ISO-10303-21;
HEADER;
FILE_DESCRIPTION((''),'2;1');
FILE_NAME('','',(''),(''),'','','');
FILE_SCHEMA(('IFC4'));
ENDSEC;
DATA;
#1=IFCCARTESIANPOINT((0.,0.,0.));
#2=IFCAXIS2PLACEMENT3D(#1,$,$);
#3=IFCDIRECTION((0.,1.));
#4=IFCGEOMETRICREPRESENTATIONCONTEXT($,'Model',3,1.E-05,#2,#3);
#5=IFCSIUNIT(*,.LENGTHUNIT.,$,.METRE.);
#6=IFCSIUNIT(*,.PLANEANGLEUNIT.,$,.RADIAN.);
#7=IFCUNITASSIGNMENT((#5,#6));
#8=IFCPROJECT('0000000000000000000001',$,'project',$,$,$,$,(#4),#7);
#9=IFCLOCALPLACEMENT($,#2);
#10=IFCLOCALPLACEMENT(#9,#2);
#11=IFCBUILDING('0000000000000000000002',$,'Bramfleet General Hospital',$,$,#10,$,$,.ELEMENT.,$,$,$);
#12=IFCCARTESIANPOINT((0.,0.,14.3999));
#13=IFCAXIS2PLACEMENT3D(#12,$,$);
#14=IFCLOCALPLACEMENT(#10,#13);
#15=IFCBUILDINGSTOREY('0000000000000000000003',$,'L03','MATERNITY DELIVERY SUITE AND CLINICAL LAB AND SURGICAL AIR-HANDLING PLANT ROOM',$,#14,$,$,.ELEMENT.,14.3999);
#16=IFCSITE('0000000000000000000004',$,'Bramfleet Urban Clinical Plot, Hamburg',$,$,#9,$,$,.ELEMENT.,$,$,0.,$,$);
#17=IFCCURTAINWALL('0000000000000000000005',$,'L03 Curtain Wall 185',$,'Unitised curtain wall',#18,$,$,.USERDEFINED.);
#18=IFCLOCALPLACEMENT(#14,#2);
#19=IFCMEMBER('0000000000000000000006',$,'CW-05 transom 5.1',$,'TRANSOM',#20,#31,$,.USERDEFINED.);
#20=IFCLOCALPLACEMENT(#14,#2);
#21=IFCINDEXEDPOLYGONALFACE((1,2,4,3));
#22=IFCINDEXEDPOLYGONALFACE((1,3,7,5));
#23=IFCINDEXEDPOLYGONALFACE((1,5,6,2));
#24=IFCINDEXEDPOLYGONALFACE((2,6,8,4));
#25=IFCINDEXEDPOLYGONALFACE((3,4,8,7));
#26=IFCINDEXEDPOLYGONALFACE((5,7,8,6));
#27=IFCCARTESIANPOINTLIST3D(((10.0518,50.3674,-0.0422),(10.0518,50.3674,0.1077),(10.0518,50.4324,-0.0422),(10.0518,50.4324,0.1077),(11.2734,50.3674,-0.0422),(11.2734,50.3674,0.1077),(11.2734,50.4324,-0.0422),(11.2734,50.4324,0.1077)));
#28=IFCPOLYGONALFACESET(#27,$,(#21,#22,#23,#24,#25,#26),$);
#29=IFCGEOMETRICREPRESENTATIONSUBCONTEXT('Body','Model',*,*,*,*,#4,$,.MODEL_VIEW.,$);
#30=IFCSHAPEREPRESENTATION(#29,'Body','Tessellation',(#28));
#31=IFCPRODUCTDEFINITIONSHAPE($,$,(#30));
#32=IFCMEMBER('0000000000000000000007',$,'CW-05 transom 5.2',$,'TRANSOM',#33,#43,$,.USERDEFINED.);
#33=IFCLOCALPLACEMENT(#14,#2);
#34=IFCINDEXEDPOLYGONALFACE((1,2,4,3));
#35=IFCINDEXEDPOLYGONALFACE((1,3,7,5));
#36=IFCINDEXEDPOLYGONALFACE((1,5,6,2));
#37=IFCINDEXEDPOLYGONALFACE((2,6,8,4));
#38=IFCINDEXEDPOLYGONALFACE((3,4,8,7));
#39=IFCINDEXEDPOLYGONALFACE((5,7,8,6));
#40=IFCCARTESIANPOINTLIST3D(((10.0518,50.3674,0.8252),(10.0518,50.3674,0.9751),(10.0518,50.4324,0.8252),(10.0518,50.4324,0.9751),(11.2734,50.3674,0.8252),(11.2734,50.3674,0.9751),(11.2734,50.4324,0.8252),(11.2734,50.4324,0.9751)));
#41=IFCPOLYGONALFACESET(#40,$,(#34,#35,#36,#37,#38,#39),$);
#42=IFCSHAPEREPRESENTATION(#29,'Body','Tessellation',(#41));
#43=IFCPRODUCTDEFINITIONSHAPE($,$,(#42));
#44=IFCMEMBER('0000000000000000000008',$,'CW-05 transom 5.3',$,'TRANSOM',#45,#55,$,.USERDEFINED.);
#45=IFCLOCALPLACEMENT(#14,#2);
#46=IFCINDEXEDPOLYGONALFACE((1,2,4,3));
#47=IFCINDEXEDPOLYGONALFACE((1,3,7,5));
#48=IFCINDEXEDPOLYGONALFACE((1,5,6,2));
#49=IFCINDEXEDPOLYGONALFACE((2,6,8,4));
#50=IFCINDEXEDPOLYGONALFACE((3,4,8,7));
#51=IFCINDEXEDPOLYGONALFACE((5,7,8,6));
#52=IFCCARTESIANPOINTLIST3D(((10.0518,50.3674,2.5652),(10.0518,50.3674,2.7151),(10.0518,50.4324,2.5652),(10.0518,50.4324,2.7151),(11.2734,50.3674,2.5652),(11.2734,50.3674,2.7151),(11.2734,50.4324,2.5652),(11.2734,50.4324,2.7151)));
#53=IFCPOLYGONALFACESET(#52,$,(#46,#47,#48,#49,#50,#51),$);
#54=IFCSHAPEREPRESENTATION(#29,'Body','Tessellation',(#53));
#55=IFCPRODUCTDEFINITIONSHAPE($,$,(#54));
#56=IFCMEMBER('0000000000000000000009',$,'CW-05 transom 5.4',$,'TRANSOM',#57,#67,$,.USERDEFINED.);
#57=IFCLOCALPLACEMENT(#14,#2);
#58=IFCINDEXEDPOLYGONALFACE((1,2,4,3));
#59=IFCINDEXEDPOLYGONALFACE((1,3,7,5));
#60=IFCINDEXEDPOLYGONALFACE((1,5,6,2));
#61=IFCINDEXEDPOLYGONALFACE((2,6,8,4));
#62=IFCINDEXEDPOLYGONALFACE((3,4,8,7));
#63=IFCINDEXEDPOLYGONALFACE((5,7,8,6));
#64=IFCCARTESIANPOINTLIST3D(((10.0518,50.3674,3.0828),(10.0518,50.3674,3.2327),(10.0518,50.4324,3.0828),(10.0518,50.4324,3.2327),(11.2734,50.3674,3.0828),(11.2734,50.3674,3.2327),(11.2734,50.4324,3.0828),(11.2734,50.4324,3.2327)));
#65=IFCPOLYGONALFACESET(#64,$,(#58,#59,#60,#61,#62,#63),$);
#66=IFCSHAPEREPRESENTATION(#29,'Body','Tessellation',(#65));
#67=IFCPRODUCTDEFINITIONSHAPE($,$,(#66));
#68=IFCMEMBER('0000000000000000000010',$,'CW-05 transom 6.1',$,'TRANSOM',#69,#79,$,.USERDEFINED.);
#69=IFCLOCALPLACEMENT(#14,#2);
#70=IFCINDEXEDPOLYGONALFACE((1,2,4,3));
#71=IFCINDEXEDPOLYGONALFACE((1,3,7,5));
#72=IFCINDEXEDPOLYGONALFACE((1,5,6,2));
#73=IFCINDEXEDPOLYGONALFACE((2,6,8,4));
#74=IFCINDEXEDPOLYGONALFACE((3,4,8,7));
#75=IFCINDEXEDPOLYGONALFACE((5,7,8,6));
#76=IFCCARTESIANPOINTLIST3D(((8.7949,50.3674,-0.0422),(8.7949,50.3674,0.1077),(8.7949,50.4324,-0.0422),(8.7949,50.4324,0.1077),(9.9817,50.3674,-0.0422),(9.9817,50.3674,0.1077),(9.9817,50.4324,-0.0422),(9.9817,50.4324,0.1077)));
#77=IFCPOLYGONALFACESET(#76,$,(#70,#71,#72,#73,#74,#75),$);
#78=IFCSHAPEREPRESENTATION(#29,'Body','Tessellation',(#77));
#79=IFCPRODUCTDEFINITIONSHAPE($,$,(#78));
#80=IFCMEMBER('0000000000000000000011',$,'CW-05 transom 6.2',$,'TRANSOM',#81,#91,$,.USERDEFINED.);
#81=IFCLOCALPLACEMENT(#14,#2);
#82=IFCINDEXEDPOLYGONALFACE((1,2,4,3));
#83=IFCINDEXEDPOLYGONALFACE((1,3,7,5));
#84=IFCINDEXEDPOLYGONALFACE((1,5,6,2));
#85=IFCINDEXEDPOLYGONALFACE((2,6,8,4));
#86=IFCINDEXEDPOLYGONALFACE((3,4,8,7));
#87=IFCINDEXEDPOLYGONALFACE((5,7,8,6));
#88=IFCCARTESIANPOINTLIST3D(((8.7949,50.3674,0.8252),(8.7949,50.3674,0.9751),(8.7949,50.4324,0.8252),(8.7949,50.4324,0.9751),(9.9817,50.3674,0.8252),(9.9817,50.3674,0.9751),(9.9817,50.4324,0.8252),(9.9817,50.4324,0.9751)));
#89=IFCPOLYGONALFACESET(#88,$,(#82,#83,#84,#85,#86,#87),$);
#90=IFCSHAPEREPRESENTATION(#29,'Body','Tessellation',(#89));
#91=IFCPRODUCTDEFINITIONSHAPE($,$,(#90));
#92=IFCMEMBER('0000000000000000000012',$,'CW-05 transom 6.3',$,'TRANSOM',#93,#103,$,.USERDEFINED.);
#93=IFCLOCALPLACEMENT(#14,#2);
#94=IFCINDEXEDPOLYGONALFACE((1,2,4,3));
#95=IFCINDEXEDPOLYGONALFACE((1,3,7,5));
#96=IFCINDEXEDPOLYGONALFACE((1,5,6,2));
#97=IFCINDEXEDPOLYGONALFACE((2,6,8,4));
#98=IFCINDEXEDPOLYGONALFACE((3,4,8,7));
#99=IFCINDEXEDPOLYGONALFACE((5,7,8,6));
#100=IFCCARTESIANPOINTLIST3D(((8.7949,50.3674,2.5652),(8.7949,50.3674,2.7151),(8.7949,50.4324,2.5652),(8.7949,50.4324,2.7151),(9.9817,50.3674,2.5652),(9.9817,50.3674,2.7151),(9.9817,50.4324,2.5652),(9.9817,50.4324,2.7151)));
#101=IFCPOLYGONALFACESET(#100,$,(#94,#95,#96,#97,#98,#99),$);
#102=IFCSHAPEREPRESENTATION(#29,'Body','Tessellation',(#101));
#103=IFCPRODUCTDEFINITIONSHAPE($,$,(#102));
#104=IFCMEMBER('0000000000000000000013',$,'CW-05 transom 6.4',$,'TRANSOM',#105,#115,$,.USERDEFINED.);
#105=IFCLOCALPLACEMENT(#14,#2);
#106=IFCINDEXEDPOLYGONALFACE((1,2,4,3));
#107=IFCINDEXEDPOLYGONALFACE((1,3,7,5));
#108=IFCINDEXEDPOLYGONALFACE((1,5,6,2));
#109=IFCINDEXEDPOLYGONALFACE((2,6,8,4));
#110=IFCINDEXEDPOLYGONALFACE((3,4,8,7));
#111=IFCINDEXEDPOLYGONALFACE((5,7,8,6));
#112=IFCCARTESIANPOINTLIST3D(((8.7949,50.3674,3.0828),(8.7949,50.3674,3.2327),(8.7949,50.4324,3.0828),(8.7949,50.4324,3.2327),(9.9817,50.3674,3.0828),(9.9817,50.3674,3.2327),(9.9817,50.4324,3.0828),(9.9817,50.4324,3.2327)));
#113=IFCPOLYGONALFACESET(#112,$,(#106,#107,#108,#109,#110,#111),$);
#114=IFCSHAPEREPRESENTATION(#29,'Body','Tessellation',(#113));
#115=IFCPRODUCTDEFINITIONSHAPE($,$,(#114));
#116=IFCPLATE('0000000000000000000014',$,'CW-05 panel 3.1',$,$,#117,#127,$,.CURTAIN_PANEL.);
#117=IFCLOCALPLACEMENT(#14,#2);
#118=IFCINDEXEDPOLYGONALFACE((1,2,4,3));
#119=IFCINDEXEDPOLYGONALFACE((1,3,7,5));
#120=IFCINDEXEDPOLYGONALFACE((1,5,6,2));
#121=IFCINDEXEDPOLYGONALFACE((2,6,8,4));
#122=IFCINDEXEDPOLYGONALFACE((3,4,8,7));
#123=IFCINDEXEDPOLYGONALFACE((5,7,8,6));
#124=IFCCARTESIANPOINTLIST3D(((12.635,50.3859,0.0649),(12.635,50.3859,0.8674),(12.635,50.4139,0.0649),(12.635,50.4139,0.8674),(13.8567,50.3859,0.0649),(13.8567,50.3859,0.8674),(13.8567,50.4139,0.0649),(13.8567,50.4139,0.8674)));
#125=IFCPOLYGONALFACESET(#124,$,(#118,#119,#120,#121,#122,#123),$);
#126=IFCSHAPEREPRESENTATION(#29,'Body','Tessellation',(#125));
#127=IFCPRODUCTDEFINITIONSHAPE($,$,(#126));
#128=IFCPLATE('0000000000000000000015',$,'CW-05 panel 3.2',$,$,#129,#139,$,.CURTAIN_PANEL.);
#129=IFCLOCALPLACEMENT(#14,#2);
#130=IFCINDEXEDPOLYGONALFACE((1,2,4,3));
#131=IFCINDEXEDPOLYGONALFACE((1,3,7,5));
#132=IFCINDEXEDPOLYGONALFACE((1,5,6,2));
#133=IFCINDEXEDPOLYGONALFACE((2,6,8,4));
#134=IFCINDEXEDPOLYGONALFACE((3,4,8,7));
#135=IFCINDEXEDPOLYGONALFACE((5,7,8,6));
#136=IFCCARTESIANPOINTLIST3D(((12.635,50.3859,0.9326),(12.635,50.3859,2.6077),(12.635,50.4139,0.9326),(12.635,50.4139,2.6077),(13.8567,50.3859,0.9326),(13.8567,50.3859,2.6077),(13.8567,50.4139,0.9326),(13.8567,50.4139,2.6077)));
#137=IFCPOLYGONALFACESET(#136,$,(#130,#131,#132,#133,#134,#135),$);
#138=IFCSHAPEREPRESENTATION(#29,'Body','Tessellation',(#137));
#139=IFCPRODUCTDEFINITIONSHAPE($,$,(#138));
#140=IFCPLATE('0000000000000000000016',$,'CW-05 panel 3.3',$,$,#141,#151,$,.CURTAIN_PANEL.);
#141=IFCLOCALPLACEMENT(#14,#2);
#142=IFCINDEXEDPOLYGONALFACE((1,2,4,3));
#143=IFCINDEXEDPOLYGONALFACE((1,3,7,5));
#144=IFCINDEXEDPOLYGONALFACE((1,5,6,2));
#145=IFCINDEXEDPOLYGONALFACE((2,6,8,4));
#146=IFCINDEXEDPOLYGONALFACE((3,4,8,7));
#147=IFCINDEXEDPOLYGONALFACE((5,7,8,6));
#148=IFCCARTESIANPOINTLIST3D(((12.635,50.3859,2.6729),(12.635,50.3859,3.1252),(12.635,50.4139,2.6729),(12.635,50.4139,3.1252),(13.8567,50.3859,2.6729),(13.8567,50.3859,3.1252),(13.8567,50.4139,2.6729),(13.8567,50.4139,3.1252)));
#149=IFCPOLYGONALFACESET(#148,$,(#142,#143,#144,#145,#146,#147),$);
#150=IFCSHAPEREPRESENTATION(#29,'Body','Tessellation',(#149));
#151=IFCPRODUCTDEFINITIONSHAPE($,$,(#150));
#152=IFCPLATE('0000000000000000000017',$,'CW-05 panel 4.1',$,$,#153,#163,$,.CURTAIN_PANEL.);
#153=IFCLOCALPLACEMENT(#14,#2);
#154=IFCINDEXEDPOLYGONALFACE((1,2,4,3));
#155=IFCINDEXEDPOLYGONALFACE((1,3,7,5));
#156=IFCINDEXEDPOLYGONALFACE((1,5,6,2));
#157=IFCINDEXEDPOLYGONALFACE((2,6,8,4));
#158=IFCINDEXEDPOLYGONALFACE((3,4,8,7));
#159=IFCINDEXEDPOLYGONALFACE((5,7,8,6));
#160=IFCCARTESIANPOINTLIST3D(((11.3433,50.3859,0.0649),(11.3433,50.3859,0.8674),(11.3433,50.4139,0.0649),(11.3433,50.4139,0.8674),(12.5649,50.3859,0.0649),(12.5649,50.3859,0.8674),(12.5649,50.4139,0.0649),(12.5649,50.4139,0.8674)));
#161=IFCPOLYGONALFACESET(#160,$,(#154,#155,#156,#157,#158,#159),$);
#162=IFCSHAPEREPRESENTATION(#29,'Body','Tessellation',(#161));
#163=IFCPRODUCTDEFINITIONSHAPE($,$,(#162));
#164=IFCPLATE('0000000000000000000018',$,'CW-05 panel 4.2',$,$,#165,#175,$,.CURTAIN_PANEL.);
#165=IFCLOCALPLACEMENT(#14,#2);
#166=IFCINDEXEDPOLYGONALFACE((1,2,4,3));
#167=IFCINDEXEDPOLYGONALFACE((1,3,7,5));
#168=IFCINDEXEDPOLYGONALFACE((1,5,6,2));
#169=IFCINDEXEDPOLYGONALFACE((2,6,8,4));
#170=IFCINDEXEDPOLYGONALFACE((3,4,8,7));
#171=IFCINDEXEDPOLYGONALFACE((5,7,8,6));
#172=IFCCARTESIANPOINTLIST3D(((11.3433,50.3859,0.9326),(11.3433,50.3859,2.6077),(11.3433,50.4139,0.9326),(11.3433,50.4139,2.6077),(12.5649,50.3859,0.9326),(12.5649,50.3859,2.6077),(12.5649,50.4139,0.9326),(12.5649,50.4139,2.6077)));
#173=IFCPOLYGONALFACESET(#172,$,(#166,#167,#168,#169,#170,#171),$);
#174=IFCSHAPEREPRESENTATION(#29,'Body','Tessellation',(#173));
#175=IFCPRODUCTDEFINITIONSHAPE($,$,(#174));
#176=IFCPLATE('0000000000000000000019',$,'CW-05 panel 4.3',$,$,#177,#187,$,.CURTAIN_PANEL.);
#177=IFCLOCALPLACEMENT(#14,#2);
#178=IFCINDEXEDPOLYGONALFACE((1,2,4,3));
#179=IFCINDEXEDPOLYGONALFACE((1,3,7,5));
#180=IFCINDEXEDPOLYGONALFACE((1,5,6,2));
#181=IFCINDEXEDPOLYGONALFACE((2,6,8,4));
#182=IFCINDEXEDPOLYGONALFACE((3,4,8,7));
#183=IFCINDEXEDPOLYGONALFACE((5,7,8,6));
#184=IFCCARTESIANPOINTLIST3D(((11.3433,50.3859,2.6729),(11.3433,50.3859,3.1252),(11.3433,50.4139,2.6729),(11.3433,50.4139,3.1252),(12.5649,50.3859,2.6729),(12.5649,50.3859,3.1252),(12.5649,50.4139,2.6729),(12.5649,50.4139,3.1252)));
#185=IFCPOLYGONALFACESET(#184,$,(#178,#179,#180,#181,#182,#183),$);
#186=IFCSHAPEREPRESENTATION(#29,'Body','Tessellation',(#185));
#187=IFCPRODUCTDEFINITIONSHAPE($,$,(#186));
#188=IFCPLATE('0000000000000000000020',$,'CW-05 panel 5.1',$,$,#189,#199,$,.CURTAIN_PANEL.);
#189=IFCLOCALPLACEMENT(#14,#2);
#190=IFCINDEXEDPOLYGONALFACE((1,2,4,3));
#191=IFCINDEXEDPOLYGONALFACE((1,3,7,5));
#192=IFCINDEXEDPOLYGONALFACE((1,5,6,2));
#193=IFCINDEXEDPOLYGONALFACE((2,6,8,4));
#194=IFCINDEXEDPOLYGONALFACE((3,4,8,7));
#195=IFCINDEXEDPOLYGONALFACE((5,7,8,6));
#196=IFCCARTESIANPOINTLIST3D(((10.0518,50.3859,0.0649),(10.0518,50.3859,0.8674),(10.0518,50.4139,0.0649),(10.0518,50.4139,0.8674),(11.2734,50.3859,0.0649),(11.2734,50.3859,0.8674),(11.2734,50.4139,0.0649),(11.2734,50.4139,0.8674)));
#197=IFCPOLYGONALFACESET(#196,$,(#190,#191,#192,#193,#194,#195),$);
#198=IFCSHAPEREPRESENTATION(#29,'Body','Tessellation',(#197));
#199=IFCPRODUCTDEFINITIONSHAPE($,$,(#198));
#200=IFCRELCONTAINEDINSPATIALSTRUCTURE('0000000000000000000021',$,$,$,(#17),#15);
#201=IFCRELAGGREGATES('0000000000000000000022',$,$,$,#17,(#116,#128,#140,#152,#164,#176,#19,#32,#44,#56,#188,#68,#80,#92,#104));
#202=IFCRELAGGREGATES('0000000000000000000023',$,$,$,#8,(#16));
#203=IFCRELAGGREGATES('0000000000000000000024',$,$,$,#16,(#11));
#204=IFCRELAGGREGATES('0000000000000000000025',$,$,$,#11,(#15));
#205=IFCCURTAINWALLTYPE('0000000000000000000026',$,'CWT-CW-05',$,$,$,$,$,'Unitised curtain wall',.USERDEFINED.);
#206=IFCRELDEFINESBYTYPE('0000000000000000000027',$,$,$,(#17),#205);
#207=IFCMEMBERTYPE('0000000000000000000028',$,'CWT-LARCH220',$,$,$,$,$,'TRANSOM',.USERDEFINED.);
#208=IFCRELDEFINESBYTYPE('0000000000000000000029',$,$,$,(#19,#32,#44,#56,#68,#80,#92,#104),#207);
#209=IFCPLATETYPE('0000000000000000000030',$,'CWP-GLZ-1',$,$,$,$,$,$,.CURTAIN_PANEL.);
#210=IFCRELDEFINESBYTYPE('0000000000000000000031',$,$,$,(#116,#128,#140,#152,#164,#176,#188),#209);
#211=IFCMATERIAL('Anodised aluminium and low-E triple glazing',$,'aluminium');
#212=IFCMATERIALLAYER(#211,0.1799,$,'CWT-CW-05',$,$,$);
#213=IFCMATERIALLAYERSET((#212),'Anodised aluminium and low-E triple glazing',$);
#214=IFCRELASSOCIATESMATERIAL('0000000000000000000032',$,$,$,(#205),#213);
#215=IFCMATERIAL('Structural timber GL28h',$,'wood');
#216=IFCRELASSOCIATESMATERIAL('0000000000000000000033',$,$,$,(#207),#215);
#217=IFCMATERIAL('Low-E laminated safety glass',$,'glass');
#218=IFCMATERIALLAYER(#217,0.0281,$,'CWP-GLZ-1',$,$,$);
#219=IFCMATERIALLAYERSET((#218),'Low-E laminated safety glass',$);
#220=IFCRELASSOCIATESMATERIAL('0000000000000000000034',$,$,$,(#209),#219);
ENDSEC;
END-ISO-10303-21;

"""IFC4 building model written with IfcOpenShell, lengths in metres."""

from ifc_helpers import new_model, si_unit, direction, frame, origin, origin_2d, place, context, subcontext, project, spatial, rectangle, extrude, material, layer, layer_set, material_profile, profile_set, type_object, element, aggregate, save


model = new_model("IFC4")

# Units and contexts
model_context = context("Model", 3, precision=1e-05, world=origin(), true_north=direction((0.0, 1.0)))
body_context = subcontext(model_context, "Body", "Model", "MODEL_VIEW")
ifc_project = project(units=[si_unit("LENGTHUNIT", "METRE"), si_unit("PLANEANGLEUNIT", "RADIAN")], contexts=[model_context])

# Site, building, storey
site_placement = place(None, origin())
site = spatial("IfcSite", under=ifc_project, at=site_placement, Name="Bramfleet Urban Clinical Plot, Hamburg", CompositionType="ELEMENT", RefElevation=0.0)
building_placement = place(site_placement, origin())
building = spatial("IfcBuilding", under=site, at=building_placement, Name="Bramfleet General Hospital", CompositionType="ELEMENT")
storey_placement = place(building_placement, frame((0.0, 0.0, 14.3999)))
storey = spatial("IfcBuildingStorey", under=building, at=storey_placement, Name="L03", Description="MATERNITY DELIVERY SUITE AND CLINICAL LAB AND SURGICAL AIR-HANDLING PLANT ROOM", CompositionType="ELEMENT", Elevation=14.3999)

# Curtain wall, members, plates
ifc_material_1 = material(Name="Anodised aluminium and low-E triple glazing", Category="aluminium")
ifc_layer_1 = layer(ifc_material_1, 0.1799, Name="CWT-CW-05")
ifc_layer_set_1 = layer_set([ifc_layer_1], Name="Anodised aluminium and low-E triple glazing")
curtain_wall_type = type_object("IfcCurtainWallType", Name="CWT-CW-05", ElementType="Unitised curtain wall", PredefinedType="USERDEFINED", material=ifc_layer_set_1)
curtain_wall_placement = place(storey_placement, origin())
curtain_wall = element("IfcCurtainWall", 1, at=curtain_wall_placement, inside=storey, type_object=curtain_wall_type, Name="L03 Curtain Wall 185", ObjectType="Unitised curtain wall", PredefinedType="USERDEFINED")
ifc_material_2 = material(Name="Structural timber GL28h", Category="wood")
ifc_material_profile_1 = material_profile(ifc_material_2, rectangle(XDim=0.0649, YDim=0.1499, at=origin_2d()), Name="LARCH 150x65")
ifc_profile_set_1 = profile_set([ifc_material_profile_1], Name="Structural timber GL28h")
member_type_1 = type_object("IfcMemberType", Name="CWT-LARCH220", ElementType="TRANSOM", PredefinedType="USERDEFINED", material=ifc_profile_set_1)
member_1_placement = place(storey_placement, frame((11.2734, 50.3999, 0.0327), z_axis=(-1.0, 0.0, 0.0), x_axis=(0.0, -1.0, 0.0)))
member_1 = element("IfcMember", 2, at=member_1_placement, type_object=member_type_1, Name="CW-05 transom 5.1", ObjectType="TRANSOM", PredefinedType="USERDEFINED", context=body_context, shape_type="SweptSolid", body=[
    extrude(rectangle(XDim=0.0649, YDim=0.1499, at=origin_2d()), origin(), (0.0, 0.0, 1.0), 1.2217),
])
member_2_placement = place(storey_placement, frame((11.2734, 50.3999, 0.9001), z_axis=(-1.0, 0.0, 0.0), x_axis=(0.0, -1.0, 0.0)))
member_2 = element("IfcMember", 3, at=member_2_placement, type_object=member_type_1, Name="CW-05 transom 5.2", ObjectType="TRANSOM", PredefinedType="USERDEFINED", context=body_context, shape_type="SweptSolid", body=[
    extrude(rectangle(XDim=0.0649, YDim=0.1499, at=origin_2d()), origin(), (0.0, 0.0, 1.0), 1.2217),
])
member_3_placement = place(storey_placement, frame((11.2734, 50.3999, 2.6401), z_axis=(-1.0, 0.0, 0.0), x_axis=(0.0, -1.0, 0.0)))
member_3 = element("IfcMember", 4, at=member_3_placement, type_object=member_type_1, Name="CW-05 transom 5.3", ObjectType="TRANSOM", PredefinedType="USERDEFINED", context=body_context, shape_type="SweptSolid", body=[
    extrude(rectangle(XDim=0.0649, YDim=0.1499, at=origin_2d()), origin(), (0.0, 0.0, 1.0), 1.2217),
])
member_4_placement = place(storey_placement, frame((11.2734, 50.3999, 3.1577), z_axis=(-1.0, 0.0, 0.0), x_axis=(0.0, -1.0, 0.0)))
member_4 = element("IfcMember", 5, at=member_4_placement, type_object=member_type_1, Name="CW-05 transom 5.4", ObjectType="TRANSOM", PredefinedType="USERDEFINED", context=body_context, shape_type="SweptSolid", body=[
    extrude(rectangle(XDim=0.0649, YDim=0.1499, at=origin_2d()), origin(), (0.0, 0.0, 1.0), 1.2217),
])
member_5_placement = place(storey_placement, frame((9.9817, 50.3999, 0.0327), z_axis=(-1.0, 0.0, 0.0), x_axis=(0.0, -1.0, 0.0)))
member_5 = element("IfcMember", 6, at=member_5_placement, type_object=member_type_1, Name="CW-05 transom 6.1", ObjectType="TRANSOM", PredefinedType="USERDEFINED", context=body_context, shape_type="SweptSolid", body=[
    extrude(rectangle(XDim=0.0649, YDim=0.1499, at=origin_2d()), origin(), (0.0, 0.0, 1.0), 1.1868),
])
member_6_placement = place(storey_placement, frame((9.9817, 50.3999, 0.9001), z_axis=(-1.0, 0.0, 0.0), x_axis=(0.0, -1.0, 0.0)))
member_6 = element("IfcMember", 7, at=member_6_placement, type_object=member_type_1, Name="CW-05 transom 6.2", ObjectType="TRANSOM", PredefinedType="USERDEFINED", context=body_context, shape_type="SweptSolid", body=[
    extrude(rectangle(XDim=0.0649, YDim=0.1499, at=origin_2d()), origin(), (0.0, 0.0, 1.0), 1.1868),
])
member_7_placement = place(storey_placement, frame((9.9817, 50.3999, 2.6401), z_axis=(-1.0, 0.0, 0.0), x_axis=(0.0, -1.0, 0.0)))
member_7 = element("IfcMember", 8, at=member_7_placement, type_object=member_type_1, Name="CW-05 transom 6.3", ObjectType="TRANSOM", PredefinedType="USERDEFINED", context=body_context, shape_type="SweptSolid", body=[
    extrude(rectangle(XDim=0.0649, YDim=0.1499, at=origin_2d()), origin(), (0.0, 0.0, 1.0), 1.1868),
])
member_8_placement = place(storey_placement, frame((9.9817, 50.3999, 3.1577), z_axis=(-1.0, 0.0, 0.0), x_axis=(0.0, -1.0, 0.0)))
member_8 = element("IfcMember", 9, at=member_8_placement, type_object=member_type_1, Name="CW-05 transom 6.4", ObjectType="TRANSOM", PredefinedType="USERDEFINED", context=body_context, shape_type="SweptSolid", body=[
    extrude(rectangle(XDim=0.0649, YDim=0.1499, at=origin_2d()), origin(), (0.0, 0.0, 1.0), 1.1868),
])
ifc_material_3 = material(Name="Low-E laminated safety glass", Category="glass")
ifc_layer_2 = layer(ifc_material_3, 0.0281, Name="CWP-GLZ-1")
ifc_layer_set_2 = layer_set([ifc_layer_2], Name="Low-E laminated safety glass")
plate_type = type_object("IfcPlateType", Name="CWP-GLZ-1", PredefinedType="CURTAIN_PANEL", material=ifc_layer_set_2)
plate_1_placement = place(storey_placement, frame((13.2458, 50.3999, 0.0649), z_axis=(0.0, 0.0, 1.0), x_axis=(-1.0, 0.0, 0.0)))
plate_1 = element("IfcPlate", 10, at=plate_1_placement, type_object=plate_type, Name="CW-05 panel 3.1", PredefinedType="CURTAIN_PANEL", context=body_context, shape_type="SweptSolid", body=[
    extrude(rectangle(XDim=1.2217, YDim=0.0281, at=origin_2d()), origin(), (0.0, 0.0, 1.0), 0.8025),
])
plate_2_placement = place(storey_placement, frame((13.2458, 50.3999, 0.9326), z_axis=(0.0, 0.0, 1.0), x_axis=(-1.0, 0.0, 0.0)))
plate_2 = element("IfcPlate", 11, at=plate_2_placement, type_object=plate_type, Name="CW-05 panel 3.2", PredefinedType="CURTAIN_PANEL", context=body_context, shape_type="SweptSolid", body=[
    extrude(rectangle(XDim=1.2217, YDim=0.0281, at=origin_2d()), origin(), (0.0, 0.0, 1.0), 1.675),
])
plate_3_placement = place(storey_placement, frame((13.2458, 50.3999, 2.6729), z_axis=(0.0, 0.0, 1.0), x_axis=(-1.0, 0.0, 0.0)))
plate_3 = element("IfcPlate", 12, at=plate_3_placement, type_object=plate_type, Name="CW-05 panel 3.3", PredefinedType="CURTAIN_PANEL", context=body_context, shape_type="SweptSolid", body=[
    extrude(rectangle(XDim=1.2217, YDim=0.0281, at=origin_2d()), origin(), (0.0, 0.0, 1.0), 0.4524),
])
plate_4_placement = place(storey_placement, frame((11.9541, 50.3999, 0.0649), z_axis=(0.0, 0.0, 1.0), x_axis=(-1.0, 0.0, 0.0)))
plate_4 = element("IfcPlate", 13, at=plate_4_placement, type_object=plate_type, Name="CW-05 panel 4.1", PredefinedType="CURTAIN_PANEL", context=body_context, shape_type="SweptSolid", body=[
    extrude(rectangle(XDim=1.2217, YDim=0.0281, at=origin_2d()), origin(), (0.0, 0.0, 1.0), 0.8025),
])
plate_5_placement = place(storey_placement, frame((11.9541, 50.3999, 0.9326), z_axis=(0.0, 0.0, 1.0), x_axis=(-1.0, 0.0, 0.0)))
plate_5 = element("IfcPlate", 14, at=plate_5_placement, type_object=plate_type, Name="CW-05 panel 4.2", PredefinedType="CURTAIN_PANEL", context=body_context, shape_type="SweptSolid", body=[
    extrude(rectangle(XDim=1.2217, YDim=0.0281, at=origin_2d()), origin(), (0.0, 0.0, 1.0), 1.675),
])
plate_6_placement = place(storey_placement, frame((11.9541, 50.3999, 2.6729), z_axis=(0.0, 0.0, 1.0), x_axis=(-1.0, 0.0, 0.0)))
plate_6 = element("IfcPlate", 15, at=plate_6_placement, type_object=plate_type, Name="CW-05 panel 4.3", PredefinedType="CURTAIN_PANEL", context=body_context, shape_type="SweptSolid", body=[
    extrude(rectangle(XDim=1.2217, YDim=0.0281, at=origin_2d()), origin(), (0.0, 0.0, 1.0), 0.4524),
])
plate_7_placement = place(storey_placement, frame((10.6626, 50.3999, 0.0649), z_axis=(0.0, 0.0, 1.0), x_axis=(-1.0, 0.0, 0.0)))
plate_7 = element("IfcPlate", 16, at=plate_7_placement, type_object=plate_type, Name="CW-05 panel 5.1", PredefinedType="CURTAIN_PANEL", context=body_context, shape_type="SweptSolid", body=[
    extrude(rectangle(XDim=1.2217, YDim=0.0281, at=origin_2d()), origin(), (0.0, 0.0, 1.0), 0.8025),
])
aggregate(curtain_wall, [plate_1, plate_2, plate_3, plate_4, plate_5, plate_6, member_1, member_2, member_3, member_4, plate_7, member_5, member_6, member_7, member_8])

save(model, "model.ifc")
